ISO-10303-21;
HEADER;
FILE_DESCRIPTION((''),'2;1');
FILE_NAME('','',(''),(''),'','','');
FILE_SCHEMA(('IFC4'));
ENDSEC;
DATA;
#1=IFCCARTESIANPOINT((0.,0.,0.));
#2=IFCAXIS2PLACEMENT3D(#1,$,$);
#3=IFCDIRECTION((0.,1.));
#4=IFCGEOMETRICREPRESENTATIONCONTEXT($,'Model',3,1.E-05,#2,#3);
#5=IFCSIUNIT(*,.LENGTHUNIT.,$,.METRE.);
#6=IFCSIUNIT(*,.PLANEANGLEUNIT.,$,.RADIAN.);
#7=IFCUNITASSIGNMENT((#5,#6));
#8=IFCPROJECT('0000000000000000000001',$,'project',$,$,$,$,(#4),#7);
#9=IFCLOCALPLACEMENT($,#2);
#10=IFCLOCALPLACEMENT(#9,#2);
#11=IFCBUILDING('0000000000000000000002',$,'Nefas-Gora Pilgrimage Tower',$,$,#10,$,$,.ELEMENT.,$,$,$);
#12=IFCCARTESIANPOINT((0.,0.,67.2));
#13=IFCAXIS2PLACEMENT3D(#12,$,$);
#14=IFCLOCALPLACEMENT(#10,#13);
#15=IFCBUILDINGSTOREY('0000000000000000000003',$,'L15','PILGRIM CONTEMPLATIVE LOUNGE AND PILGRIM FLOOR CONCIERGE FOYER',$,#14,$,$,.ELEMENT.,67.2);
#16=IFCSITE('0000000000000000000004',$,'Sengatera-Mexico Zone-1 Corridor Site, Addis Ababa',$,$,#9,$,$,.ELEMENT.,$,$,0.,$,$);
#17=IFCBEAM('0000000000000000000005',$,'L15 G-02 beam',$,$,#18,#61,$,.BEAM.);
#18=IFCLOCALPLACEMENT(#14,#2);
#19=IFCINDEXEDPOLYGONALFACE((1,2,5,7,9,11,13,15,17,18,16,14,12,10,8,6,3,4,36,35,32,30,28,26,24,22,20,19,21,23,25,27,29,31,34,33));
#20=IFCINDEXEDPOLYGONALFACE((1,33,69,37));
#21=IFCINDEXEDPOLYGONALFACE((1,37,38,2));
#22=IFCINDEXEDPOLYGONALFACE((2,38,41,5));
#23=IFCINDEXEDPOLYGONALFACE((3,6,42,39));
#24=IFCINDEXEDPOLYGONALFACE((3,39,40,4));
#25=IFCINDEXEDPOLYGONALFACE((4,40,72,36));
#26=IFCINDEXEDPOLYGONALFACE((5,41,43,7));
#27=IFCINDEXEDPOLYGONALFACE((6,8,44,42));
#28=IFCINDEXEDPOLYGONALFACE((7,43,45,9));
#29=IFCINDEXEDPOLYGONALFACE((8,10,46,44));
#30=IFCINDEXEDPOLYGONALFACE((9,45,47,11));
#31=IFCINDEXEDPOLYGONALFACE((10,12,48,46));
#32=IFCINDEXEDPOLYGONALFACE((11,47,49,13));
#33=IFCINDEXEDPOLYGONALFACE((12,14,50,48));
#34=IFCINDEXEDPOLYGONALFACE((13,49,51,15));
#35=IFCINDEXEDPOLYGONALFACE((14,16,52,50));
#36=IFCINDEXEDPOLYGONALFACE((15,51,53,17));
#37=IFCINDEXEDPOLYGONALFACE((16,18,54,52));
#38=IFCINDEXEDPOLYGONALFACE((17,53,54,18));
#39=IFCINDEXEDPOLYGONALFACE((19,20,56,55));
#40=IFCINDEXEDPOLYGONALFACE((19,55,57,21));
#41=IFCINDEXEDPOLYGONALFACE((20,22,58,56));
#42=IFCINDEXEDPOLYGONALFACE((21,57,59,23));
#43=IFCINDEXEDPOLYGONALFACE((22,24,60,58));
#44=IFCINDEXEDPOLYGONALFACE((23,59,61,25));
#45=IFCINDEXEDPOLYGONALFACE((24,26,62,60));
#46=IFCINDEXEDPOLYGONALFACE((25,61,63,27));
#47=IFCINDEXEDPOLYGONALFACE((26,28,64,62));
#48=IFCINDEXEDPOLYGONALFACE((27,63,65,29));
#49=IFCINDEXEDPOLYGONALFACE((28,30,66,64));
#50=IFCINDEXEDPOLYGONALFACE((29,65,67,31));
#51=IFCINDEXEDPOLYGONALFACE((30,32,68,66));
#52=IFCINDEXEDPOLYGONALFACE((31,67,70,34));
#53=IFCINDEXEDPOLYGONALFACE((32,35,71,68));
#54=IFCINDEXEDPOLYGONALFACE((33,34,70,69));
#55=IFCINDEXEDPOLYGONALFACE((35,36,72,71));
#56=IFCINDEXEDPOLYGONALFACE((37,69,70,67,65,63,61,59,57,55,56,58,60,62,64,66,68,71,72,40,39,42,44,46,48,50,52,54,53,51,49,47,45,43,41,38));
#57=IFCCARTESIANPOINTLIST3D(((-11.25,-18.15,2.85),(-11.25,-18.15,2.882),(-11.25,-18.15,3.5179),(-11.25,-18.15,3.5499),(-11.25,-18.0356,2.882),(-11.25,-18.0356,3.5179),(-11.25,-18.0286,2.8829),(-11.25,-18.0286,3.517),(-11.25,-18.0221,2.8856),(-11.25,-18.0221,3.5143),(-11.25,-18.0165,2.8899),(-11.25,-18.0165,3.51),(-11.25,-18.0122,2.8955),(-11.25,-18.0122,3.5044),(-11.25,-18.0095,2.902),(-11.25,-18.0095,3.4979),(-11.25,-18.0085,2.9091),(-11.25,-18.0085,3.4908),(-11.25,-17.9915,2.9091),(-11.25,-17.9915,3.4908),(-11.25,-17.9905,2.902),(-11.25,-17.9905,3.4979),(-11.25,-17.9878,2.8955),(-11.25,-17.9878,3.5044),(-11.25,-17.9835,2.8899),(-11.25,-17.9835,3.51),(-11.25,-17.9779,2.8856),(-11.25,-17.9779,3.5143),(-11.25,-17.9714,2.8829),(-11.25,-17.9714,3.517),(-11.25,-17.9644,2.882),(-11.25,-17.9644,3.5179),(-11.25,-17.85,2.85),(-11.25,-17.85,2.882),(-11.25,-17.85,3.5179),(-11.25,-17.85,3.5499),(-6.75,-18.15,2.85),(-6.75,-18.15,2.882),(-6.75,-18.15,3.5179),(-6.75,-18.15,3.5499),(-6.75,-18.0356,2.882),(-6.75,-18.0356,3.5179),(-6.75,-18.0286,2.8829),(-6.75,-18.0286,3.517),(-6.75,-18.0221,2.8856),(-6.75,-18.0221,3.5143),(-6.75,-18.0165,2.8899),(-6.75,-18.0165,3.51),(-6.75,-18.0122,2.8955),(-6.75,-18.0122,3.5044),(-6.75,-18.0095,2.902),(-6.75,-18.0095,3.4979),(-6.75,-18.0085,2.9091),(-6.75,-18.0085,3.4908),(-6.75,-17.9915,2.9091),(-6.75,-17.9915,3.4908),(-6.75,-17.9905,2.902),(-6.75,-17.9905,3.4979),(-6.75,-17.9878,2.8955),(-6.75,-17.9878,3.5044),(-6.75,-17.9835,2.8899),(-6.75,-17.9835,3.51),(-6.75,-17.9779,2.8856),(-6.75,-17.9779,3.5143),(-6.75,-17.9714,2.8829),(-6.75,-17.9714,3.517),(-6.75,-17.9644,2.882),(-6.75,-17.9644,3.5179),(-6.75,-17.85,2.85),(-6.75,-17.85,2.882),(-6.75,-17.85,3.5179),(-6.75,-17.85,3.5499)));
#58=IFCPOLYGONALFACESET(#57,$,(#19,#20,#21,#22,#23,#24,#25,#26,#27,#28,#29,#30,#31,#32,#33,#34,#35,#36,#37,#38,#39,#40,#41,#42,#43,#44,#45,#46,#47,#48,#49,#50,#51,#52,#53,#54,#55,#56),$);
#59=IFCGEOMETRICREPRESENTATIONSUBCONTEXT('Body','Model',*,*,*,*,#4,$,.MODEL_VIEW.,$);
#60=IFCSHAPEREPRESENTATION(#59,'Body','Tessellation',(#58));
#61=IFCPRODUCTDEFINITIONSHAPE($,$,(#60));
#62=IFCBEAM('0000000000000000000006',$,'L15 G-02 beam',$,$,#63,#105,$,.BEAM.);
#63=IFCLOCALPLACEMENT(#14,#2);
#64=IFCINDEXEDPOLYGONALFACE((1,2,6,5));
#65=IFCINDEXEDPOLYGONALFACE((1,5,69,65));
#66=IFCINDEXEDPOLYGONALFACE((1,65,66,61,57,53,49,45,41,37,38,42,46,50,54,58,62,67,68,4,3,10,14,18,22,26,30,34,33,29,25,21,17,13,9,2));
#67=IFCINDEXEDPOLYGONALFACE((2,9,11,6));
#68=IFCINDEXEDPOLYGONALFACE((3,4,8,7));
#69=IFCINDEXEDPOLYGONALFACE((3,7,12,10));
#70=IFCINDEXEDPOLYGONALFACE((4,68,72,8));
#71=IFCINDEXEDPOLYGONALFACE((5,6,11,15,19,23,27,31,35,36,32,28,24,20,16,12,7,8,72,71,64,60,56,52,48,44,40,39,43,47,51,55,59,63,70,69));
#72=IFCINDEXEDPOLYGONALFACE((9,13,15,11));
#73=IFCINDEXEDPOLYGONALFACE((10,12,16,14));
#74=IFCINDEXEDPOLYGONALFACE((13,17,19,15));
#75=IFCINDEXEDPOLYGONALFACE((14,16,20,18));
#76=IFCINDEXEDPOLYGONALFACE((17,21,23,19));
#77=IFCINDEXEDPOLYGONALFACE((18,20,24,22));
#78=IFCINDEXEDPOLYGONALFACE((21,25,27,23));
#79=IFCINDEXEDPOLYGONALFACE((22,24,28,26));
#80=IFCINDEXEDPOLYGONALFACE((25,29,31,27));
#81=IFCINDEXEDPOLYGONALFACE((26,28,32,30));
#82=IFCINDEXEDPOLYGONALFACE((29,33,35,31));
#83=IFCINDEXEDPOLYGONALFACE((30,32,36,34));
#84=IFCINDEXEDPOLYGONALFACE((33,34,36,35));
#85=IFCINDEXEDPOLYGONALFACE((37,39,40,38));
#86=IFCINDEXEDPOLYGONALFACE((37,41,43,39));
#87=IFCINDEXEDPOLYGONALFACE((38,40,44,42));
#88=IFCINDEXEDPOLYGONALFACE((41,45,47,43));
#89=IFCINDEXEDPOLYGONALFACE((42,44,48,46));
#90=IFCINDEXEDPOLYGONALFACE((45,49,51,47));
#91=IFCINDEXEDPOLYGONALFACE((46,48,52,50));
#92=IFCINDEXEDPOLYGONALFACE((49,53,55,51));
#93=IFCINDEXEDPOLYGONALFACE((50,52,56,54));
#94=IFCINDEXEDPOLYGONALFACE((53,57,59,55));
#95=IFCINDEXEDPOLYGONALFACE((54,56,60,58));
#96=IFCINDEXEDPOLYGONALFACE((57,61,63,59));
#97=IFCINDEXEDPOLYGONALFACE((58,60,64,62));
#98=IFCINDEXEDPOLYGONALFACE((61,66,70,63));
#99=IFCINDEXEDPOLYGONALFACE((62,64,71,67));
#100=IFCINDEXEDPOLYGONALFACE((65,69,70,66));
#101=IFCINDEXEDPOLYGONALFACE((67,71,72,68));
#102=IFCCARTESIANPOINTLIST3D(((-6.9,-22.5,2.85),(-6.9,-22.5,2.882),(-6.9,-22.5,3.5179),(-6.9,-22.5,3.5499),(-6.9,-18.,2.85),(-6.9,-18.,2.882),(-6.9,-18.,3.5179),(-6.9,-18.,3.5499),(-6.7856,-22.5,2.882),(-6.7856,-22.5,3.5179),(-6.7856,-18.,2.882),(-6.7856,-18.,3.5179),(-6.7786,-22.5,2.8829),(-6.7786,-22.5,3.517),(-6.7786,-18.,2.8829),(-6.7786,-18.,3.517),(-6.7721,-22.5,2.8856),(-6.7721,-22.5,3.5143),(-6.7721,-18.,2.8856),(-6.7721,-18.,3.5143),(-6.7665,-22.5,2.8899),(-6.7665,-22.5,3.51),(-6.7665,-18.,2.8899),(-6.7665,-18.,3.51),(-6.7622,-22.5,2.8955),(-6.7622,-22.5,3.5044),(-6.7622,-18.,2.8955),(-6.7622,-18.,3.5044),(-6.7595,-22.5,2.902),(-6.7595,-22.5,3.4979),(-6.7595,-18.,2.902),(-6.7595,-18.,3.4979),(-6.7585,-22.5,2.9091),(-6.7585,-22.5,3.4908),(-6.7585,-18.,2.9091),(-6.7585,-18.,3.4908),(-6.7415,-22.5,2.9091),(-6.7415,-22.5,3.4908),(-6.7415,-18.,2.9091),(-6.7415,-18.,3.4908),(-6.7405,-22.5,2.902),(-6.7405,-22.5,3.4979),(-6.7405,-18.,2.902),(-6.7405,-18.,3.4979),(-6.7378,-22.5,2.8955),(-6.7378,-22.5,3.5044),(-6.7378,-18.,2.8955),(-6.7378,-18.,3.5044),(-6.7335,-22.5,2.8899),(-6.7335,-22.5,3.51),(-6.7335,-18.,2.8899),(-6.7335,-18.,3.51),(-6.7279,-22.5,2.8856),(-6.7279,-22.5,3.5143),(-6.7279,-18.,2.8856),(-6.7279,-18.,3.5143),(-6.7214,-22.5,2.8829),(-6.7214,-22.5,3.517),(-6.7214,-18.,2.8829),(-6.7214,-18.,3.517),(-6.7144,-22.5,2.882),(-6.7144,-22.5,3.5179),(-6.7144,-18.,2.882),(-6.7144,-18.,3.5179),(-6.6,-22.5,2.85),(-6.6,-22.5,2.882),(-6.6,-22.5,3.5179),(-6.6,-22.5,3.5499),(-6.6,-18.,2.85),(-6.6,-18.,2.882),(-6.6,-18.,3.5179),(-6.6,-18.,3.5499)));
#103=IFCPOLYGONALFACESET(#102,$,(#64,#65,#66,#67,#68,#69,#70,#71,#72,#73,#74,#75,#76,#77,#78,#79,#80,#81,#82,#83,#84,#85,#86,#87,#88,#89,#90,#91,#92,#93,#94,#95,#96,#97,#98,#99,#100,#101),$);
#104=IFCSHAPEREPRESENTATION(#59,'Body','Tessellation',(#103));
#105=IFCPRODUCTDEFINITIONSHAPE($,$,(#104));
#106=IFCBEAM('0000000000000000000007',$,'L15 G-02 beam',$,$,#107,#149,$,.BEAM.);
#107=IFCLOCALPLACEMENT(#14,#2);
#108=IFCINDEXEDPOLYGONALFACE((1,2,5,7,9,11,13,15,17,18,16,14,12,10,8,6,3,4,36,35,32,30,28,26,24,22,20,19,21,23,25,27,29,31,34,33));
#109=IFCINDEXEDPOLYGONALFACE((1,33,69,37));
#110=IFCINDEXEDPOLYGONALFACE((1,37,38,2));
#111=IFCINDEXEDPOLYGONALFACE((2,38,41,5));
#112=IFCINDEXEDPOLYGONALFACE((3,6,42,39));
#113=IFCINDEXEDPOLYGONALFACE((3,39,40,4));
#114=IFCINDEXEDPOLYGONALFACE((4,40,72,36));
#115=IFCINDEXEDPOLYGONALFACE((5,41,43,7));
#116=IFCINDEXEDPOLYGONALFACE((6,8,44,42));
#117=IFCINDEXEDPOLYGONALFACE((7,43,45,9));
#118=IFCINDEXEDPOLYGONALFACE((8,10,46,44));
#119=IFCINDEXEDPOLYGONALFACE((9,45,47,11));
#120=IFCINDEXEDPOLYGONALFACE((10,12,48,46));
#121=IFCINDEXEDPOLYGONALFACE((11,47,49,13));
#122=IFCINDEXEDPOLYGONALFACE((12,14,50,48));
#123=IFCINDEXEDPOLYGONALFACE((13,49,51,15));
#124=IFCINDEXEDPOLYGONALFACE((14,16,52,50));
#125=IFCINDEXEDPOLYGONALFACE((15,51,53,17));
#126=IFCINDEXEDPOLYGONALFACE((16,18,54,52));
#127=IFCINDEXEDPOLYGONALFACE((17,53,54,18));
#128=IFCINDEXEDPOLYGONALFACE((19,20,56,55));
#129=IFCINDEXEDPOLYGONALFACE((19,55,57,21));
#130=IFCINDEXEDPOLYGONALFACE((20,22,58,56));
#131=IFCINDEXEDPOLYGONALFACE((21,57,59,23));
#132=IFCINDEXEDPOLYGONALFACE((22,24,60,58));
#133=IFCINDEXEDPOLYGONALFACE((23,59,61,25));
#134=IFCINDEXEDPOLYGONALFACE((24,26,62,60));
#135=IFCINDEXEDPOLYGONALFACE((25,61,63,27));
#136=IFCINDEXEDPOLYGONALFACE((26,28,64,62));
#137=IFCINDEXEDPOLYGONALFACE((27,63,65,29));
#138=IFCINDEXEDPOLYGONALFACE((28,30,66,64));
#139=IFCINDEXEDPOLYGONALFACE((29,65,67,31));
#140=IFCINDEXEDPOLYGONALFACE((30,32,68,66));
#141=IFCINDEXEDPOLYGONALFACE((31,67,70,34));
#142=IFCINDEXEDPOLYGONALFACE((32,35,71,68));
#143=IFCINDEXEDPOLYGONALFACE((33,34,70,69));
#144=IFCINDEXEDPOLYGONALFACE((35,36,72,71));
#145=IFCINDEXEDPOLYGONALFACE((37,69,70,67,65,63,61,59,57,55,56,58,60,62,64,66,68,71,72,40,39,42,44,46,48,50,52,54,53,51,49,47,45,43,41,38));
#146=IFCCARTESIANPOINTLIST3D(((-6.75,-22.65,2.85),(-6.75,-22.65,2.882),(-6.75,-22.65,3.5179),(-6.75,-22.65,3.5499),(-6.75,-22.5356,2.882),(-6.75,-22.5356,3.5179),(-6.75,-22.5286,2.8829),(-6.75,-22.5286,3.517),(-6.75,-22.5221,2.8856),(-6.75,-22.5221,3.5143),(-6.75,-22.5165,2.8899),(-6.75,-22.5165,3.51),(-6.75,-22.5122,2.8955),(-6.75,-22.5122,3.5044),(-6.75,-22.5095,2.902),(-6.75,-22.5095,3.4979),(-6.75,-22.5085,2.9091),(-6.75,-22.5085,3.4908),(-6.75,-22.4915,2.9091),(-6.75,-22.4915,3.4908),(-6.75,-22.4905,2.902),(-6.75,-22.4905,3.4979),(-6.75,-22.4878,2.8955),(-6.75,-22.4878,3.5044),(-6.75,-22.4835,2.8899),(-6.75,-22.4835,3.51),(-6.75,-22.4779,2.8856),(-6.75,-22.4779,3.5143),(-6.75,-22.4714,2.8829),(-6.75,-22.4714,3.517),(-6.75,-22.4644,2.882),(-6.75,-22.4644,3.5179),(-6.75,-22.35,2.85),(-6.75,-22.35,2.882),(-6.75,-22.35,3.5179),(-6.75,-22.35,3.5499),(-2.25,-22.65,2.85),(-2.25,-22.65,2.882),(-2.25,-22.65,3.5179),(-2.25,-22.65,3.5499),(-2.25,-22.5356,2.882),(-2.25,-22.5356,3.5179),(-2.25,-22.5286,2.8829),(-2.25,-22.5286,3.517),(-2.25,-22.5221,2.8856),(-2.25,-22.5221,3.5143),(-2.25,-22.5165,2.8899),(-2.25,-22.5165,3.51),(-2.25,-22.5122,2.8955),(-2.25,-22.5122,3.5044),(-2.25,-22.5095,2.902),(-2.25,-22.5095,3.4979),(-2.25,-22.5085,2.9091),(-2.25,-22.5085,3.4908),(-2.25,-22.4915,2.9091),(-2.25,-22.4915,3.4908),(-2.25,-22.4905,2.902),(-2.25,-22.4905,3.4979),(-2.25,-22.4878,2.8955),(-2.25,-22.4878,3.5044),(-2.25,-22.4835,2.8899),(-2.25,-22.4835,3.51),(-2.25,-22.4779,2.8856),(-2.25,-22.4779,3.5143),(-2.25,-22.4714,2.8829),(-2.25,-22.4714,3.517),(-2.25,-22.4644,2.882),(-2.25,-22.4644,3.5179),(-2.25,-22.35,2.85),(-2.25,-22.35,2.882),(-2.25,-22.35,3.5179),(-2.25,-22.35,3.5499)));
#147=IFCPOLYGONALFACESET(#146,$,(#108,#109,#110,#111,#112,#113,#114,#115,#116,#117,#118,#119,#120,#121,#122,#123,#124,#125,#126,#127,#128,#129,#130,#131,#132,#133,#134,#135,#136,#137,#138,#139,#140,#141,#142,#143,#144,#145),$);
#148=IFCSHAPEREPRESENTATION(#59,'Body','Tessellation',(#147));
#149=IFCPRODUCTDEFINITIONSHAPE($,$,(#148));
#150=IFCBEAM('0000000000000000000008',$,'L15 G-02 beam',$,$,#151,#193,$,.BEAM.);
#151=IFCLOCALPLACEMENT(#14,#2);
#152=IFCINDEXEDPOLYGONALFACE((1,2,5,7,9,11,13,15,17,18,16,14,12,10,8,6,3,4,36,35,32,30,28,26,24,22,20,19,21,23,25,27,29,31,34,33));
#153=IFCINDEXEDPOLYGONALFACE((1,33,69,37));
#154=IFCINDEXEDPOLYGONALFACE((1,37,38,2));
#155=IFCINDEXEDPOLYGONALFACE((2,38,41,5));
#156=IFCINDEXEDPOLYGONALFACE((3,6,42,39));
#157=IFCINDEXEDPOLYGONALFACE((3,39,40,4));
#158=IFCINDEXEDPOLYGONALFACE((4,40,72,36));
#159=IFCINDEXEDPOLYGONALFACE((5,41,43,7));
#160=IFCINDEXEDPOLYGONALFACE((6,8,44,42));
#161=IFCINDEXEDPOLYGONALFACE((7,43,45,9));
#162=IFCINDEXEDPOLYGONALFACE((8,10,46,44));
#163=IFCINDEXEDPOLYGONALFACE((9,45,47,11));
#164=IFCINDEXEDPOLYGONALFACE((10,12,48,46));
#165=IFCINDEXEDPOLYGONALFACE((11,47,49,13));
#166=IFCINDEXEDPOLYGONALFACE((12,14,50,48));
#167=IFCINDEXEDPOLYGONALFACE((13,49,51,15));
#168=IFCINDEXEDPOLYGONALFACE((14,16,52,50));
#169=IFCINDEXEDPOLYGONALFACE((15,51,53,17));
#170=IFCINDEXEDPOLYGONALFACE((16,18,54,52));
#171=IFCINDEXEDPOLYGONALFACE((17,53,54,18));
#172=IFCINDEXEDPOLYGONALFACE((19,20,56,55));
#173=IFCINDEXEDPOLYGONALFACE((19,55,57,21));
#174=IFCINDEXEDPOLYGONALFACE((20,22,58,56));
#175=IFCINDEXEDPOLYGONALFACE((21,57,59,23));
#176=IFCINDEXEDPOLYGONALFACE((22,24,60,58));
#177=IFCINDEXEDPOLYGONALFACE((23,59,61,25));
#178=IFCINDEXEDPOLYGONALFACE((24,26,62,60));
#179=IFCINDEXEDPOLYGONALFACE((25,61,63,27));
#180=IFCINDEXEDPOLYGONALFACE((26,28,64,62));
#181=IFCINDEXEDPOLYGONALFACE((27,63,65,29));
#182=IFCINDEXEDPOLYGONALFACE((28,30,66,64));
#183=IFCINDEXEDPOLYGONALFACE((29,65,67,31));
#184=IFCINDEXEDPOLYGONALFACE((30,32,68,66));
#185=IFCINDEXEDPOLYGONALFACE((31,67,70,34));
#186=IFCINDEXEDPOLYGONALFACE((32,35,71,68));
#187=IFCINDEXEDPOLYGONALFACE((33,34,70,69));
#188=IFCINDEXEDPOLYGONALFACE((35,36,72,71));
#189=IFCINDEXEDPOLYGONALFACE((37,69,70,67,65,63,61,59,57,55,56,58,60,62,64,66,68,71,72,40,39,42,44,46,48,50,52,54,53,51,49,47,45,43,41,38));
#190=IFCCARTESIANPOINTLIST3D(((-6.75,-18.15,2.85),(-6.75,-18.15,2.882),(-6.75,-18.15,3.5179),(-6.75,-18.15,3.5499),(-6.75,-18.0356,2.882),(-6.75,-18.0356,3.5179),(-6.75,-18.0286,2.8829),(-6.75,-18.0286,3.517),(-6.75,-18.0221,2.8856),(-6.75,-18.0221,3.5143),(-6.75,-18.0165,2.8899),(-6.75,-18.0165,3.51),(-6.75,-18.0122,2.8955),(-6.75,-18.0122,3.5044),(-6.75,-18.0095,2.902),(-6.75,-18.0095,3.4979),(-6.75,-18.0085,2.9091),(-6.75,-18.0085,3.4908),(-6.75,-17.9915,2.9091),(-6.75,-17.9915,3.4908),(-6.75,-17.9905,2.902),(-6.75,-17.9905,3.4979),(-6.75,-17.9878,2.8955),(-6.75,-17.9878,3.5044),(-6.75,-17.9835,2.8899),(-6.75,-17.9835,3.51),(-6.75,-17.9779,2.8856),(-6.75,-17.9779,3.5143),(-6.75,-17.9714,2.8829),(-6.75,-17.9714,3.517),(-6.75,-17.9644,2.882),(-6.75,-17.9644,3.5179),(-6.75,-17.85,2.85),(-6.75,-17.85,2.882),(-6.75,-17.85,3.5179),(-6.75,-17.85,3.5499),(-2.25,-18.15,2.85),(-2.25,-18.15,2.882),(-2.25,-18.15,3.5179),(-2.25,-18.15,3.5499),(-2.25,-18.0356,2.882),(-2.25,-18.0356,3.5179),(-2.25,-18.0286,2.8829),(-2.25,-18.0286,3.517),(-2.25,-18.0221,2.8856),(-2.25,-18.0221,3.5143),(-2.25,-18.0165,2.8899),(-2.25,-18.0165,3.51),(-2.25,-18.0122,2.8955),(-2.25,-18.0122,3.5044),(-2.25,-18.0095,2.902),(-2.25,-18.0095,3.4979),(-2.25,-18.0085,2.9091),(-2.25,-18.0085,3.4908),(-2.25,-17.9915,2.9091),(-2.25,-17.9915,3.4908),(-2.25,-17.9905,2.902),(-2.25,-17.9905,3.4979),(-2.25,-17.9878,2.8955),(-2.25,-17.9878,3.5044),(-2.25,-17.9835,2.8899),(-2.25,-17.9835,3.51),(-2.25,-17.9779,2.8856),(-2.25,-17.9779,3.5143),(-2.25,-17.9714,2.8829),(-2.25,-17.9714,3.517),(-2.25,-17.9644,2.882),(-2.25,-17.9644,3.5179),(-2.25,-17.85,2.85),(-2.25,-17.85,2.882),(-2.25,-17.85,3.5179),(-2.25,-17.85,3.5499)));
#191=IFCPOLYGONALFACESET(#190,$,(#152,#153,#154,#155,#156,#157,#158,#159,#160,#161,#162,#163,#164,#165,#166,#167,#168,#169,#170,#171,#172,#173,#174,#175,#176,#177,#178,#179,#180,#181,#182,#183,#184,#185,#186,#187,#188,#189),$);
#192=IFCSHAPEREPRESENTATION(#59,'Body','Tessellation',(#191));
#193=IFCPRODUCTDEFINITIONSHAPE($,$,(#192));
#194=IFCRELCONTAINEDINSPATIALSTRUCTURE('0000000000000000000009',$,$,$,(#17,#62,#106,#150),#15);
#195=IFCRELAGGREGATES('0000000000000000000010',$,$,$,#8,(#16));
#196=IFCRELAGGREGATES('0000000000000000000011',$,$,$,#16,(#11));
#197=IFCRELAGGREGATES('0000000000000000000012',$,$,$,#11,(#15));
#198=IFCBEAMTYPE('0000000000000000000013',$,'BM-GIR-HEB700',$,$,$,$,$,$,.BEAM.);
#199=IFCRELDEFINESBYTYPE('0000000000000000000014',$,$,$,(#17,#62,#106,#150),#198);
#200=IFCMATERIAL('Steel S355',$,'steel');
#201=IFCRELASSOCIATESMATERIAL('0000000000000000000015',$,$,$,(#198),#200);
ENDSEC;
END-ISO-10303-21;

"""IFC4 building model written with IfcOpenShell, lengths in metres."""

from ifc_helpers import new_model, si_unit, direction, frame, origin, origin_2d, place, context, subcontext, project, spatial, i_section, extrude, source, transform, mapped, material, material_profile, profile_set, type_object, element, save


model = new_model("IFC4")

# Units and contexts
model_context = context("Model", 3, precision=1e-05, world=origin(), true_north=direction((0.0, 1.0)))
body_context = subcontext(model_context, "Body", "Model", "MODEL_VIEW")
ifc_project = project(units=[si_unit("LENGTHUNIT", "METRE"), si_unit("PLANEANGLEUNIT", "RADIAN")], contexts=[model_context])

# Site, building, storey
site_placement = place(None, origin())
site = spatial("IfcSite", under=ifc_project, at=site_placement, Name="Sengatera-Mexico Zone-1 Corridor Site, Addis Ababa", CompositionType="ELEMENT", RefElevation=0.0)
building_placement = place(site_placement, origin())
building = spatial("IfcBuilding", under=site, at=building_placement, Name="Nefas-Gora Pilgrimage Tower", CompositionType="ELEMENT")
storey_placement = place(building_placement, frame((0.0, 0.0, 67.2)))
storey = spatial("IfcBuildingStorey", under=building, at=storey_placement, Name="L15", Description="PILGRIM CONTEMPLATIVE LOUNGE AND PILGRIM FLOOR CONCIERGE FOYER", CompositionType="ELEMENT", Elevation=67.2)

# Beams
ifc_material_1 = material(Name="Steel S355", Category="steel")
ifc_material_profile_1 = material_profile(ifc_material_1, i_section(OverallWidth=0.3, OverallDepth=0.7, WebThickness=0.0171, FlangeThickness=0.032, FilletRadius=0.0271, at=origin_2d()), Name="HEB 700")
ifc_profile_set_1 = profile_set([ifc_material_profile_1], Name="Steel S355")
beam_type = type_object("IfcBeamType", Name="BM-GIR-HEB700", PredefinedType="BEAM", material=ifc_profile_set_1)
shared_shape_1 = source(origin(), body_context, "Body", "SweptSolid", [
    extrude(i_section(OverallWidth=0.3, OverallDepth=0.7, WebThickness=0.0171, FlangeThickness=0.032, FilletRadius=0.0271, at=origin_2d()), origin(), (0.0, 0.0, 1.0), 4.5),
])
for number, where, z_axis, x_axis, name in (
    (1, (-11.25, -18.0, 3.2), (1.0, 0.0, 0.0), (0.0, 1.0, 0.0), "L15 G-02 beam"),
    (2, (-6.75, -22.5, 3.2), (0.0, 1.0, 0.0), (-1.0, 0.0, 0.0), "L15 G-02 beam"),
    (3, (-6.75, -22.5, 3.2), (1.0, 0.0, 0.0), (0.0, 1.0, 0.0), "L15 G-02 beam"),
    (4, (-6.75, -18.0, 3.2), (1.0, 0.0, 0.0), (0.0, 1.0, 0.0), "L15 G-02 beam"),
):
    element("IfcBeam", number, at=place(storey_placement, frame(where, z_axis=z_axis, x_axis=x_axis)), inside=storey, type_object=beam_type, Name=name, PredefinedType="BEAM", context=body_context, shape_type="MappedRepresentation", body=[
        mapped(shared_shape_1, transform((0.0, 0.0, 0.0), x_axis=(1.0, 0.0, 0.0), y_axis=(0.0, 1.0, 0.0), z_axis=(0.0, 0.0, 1.0), scale=1.0)),
    ])

save(model, "model.ifc")
